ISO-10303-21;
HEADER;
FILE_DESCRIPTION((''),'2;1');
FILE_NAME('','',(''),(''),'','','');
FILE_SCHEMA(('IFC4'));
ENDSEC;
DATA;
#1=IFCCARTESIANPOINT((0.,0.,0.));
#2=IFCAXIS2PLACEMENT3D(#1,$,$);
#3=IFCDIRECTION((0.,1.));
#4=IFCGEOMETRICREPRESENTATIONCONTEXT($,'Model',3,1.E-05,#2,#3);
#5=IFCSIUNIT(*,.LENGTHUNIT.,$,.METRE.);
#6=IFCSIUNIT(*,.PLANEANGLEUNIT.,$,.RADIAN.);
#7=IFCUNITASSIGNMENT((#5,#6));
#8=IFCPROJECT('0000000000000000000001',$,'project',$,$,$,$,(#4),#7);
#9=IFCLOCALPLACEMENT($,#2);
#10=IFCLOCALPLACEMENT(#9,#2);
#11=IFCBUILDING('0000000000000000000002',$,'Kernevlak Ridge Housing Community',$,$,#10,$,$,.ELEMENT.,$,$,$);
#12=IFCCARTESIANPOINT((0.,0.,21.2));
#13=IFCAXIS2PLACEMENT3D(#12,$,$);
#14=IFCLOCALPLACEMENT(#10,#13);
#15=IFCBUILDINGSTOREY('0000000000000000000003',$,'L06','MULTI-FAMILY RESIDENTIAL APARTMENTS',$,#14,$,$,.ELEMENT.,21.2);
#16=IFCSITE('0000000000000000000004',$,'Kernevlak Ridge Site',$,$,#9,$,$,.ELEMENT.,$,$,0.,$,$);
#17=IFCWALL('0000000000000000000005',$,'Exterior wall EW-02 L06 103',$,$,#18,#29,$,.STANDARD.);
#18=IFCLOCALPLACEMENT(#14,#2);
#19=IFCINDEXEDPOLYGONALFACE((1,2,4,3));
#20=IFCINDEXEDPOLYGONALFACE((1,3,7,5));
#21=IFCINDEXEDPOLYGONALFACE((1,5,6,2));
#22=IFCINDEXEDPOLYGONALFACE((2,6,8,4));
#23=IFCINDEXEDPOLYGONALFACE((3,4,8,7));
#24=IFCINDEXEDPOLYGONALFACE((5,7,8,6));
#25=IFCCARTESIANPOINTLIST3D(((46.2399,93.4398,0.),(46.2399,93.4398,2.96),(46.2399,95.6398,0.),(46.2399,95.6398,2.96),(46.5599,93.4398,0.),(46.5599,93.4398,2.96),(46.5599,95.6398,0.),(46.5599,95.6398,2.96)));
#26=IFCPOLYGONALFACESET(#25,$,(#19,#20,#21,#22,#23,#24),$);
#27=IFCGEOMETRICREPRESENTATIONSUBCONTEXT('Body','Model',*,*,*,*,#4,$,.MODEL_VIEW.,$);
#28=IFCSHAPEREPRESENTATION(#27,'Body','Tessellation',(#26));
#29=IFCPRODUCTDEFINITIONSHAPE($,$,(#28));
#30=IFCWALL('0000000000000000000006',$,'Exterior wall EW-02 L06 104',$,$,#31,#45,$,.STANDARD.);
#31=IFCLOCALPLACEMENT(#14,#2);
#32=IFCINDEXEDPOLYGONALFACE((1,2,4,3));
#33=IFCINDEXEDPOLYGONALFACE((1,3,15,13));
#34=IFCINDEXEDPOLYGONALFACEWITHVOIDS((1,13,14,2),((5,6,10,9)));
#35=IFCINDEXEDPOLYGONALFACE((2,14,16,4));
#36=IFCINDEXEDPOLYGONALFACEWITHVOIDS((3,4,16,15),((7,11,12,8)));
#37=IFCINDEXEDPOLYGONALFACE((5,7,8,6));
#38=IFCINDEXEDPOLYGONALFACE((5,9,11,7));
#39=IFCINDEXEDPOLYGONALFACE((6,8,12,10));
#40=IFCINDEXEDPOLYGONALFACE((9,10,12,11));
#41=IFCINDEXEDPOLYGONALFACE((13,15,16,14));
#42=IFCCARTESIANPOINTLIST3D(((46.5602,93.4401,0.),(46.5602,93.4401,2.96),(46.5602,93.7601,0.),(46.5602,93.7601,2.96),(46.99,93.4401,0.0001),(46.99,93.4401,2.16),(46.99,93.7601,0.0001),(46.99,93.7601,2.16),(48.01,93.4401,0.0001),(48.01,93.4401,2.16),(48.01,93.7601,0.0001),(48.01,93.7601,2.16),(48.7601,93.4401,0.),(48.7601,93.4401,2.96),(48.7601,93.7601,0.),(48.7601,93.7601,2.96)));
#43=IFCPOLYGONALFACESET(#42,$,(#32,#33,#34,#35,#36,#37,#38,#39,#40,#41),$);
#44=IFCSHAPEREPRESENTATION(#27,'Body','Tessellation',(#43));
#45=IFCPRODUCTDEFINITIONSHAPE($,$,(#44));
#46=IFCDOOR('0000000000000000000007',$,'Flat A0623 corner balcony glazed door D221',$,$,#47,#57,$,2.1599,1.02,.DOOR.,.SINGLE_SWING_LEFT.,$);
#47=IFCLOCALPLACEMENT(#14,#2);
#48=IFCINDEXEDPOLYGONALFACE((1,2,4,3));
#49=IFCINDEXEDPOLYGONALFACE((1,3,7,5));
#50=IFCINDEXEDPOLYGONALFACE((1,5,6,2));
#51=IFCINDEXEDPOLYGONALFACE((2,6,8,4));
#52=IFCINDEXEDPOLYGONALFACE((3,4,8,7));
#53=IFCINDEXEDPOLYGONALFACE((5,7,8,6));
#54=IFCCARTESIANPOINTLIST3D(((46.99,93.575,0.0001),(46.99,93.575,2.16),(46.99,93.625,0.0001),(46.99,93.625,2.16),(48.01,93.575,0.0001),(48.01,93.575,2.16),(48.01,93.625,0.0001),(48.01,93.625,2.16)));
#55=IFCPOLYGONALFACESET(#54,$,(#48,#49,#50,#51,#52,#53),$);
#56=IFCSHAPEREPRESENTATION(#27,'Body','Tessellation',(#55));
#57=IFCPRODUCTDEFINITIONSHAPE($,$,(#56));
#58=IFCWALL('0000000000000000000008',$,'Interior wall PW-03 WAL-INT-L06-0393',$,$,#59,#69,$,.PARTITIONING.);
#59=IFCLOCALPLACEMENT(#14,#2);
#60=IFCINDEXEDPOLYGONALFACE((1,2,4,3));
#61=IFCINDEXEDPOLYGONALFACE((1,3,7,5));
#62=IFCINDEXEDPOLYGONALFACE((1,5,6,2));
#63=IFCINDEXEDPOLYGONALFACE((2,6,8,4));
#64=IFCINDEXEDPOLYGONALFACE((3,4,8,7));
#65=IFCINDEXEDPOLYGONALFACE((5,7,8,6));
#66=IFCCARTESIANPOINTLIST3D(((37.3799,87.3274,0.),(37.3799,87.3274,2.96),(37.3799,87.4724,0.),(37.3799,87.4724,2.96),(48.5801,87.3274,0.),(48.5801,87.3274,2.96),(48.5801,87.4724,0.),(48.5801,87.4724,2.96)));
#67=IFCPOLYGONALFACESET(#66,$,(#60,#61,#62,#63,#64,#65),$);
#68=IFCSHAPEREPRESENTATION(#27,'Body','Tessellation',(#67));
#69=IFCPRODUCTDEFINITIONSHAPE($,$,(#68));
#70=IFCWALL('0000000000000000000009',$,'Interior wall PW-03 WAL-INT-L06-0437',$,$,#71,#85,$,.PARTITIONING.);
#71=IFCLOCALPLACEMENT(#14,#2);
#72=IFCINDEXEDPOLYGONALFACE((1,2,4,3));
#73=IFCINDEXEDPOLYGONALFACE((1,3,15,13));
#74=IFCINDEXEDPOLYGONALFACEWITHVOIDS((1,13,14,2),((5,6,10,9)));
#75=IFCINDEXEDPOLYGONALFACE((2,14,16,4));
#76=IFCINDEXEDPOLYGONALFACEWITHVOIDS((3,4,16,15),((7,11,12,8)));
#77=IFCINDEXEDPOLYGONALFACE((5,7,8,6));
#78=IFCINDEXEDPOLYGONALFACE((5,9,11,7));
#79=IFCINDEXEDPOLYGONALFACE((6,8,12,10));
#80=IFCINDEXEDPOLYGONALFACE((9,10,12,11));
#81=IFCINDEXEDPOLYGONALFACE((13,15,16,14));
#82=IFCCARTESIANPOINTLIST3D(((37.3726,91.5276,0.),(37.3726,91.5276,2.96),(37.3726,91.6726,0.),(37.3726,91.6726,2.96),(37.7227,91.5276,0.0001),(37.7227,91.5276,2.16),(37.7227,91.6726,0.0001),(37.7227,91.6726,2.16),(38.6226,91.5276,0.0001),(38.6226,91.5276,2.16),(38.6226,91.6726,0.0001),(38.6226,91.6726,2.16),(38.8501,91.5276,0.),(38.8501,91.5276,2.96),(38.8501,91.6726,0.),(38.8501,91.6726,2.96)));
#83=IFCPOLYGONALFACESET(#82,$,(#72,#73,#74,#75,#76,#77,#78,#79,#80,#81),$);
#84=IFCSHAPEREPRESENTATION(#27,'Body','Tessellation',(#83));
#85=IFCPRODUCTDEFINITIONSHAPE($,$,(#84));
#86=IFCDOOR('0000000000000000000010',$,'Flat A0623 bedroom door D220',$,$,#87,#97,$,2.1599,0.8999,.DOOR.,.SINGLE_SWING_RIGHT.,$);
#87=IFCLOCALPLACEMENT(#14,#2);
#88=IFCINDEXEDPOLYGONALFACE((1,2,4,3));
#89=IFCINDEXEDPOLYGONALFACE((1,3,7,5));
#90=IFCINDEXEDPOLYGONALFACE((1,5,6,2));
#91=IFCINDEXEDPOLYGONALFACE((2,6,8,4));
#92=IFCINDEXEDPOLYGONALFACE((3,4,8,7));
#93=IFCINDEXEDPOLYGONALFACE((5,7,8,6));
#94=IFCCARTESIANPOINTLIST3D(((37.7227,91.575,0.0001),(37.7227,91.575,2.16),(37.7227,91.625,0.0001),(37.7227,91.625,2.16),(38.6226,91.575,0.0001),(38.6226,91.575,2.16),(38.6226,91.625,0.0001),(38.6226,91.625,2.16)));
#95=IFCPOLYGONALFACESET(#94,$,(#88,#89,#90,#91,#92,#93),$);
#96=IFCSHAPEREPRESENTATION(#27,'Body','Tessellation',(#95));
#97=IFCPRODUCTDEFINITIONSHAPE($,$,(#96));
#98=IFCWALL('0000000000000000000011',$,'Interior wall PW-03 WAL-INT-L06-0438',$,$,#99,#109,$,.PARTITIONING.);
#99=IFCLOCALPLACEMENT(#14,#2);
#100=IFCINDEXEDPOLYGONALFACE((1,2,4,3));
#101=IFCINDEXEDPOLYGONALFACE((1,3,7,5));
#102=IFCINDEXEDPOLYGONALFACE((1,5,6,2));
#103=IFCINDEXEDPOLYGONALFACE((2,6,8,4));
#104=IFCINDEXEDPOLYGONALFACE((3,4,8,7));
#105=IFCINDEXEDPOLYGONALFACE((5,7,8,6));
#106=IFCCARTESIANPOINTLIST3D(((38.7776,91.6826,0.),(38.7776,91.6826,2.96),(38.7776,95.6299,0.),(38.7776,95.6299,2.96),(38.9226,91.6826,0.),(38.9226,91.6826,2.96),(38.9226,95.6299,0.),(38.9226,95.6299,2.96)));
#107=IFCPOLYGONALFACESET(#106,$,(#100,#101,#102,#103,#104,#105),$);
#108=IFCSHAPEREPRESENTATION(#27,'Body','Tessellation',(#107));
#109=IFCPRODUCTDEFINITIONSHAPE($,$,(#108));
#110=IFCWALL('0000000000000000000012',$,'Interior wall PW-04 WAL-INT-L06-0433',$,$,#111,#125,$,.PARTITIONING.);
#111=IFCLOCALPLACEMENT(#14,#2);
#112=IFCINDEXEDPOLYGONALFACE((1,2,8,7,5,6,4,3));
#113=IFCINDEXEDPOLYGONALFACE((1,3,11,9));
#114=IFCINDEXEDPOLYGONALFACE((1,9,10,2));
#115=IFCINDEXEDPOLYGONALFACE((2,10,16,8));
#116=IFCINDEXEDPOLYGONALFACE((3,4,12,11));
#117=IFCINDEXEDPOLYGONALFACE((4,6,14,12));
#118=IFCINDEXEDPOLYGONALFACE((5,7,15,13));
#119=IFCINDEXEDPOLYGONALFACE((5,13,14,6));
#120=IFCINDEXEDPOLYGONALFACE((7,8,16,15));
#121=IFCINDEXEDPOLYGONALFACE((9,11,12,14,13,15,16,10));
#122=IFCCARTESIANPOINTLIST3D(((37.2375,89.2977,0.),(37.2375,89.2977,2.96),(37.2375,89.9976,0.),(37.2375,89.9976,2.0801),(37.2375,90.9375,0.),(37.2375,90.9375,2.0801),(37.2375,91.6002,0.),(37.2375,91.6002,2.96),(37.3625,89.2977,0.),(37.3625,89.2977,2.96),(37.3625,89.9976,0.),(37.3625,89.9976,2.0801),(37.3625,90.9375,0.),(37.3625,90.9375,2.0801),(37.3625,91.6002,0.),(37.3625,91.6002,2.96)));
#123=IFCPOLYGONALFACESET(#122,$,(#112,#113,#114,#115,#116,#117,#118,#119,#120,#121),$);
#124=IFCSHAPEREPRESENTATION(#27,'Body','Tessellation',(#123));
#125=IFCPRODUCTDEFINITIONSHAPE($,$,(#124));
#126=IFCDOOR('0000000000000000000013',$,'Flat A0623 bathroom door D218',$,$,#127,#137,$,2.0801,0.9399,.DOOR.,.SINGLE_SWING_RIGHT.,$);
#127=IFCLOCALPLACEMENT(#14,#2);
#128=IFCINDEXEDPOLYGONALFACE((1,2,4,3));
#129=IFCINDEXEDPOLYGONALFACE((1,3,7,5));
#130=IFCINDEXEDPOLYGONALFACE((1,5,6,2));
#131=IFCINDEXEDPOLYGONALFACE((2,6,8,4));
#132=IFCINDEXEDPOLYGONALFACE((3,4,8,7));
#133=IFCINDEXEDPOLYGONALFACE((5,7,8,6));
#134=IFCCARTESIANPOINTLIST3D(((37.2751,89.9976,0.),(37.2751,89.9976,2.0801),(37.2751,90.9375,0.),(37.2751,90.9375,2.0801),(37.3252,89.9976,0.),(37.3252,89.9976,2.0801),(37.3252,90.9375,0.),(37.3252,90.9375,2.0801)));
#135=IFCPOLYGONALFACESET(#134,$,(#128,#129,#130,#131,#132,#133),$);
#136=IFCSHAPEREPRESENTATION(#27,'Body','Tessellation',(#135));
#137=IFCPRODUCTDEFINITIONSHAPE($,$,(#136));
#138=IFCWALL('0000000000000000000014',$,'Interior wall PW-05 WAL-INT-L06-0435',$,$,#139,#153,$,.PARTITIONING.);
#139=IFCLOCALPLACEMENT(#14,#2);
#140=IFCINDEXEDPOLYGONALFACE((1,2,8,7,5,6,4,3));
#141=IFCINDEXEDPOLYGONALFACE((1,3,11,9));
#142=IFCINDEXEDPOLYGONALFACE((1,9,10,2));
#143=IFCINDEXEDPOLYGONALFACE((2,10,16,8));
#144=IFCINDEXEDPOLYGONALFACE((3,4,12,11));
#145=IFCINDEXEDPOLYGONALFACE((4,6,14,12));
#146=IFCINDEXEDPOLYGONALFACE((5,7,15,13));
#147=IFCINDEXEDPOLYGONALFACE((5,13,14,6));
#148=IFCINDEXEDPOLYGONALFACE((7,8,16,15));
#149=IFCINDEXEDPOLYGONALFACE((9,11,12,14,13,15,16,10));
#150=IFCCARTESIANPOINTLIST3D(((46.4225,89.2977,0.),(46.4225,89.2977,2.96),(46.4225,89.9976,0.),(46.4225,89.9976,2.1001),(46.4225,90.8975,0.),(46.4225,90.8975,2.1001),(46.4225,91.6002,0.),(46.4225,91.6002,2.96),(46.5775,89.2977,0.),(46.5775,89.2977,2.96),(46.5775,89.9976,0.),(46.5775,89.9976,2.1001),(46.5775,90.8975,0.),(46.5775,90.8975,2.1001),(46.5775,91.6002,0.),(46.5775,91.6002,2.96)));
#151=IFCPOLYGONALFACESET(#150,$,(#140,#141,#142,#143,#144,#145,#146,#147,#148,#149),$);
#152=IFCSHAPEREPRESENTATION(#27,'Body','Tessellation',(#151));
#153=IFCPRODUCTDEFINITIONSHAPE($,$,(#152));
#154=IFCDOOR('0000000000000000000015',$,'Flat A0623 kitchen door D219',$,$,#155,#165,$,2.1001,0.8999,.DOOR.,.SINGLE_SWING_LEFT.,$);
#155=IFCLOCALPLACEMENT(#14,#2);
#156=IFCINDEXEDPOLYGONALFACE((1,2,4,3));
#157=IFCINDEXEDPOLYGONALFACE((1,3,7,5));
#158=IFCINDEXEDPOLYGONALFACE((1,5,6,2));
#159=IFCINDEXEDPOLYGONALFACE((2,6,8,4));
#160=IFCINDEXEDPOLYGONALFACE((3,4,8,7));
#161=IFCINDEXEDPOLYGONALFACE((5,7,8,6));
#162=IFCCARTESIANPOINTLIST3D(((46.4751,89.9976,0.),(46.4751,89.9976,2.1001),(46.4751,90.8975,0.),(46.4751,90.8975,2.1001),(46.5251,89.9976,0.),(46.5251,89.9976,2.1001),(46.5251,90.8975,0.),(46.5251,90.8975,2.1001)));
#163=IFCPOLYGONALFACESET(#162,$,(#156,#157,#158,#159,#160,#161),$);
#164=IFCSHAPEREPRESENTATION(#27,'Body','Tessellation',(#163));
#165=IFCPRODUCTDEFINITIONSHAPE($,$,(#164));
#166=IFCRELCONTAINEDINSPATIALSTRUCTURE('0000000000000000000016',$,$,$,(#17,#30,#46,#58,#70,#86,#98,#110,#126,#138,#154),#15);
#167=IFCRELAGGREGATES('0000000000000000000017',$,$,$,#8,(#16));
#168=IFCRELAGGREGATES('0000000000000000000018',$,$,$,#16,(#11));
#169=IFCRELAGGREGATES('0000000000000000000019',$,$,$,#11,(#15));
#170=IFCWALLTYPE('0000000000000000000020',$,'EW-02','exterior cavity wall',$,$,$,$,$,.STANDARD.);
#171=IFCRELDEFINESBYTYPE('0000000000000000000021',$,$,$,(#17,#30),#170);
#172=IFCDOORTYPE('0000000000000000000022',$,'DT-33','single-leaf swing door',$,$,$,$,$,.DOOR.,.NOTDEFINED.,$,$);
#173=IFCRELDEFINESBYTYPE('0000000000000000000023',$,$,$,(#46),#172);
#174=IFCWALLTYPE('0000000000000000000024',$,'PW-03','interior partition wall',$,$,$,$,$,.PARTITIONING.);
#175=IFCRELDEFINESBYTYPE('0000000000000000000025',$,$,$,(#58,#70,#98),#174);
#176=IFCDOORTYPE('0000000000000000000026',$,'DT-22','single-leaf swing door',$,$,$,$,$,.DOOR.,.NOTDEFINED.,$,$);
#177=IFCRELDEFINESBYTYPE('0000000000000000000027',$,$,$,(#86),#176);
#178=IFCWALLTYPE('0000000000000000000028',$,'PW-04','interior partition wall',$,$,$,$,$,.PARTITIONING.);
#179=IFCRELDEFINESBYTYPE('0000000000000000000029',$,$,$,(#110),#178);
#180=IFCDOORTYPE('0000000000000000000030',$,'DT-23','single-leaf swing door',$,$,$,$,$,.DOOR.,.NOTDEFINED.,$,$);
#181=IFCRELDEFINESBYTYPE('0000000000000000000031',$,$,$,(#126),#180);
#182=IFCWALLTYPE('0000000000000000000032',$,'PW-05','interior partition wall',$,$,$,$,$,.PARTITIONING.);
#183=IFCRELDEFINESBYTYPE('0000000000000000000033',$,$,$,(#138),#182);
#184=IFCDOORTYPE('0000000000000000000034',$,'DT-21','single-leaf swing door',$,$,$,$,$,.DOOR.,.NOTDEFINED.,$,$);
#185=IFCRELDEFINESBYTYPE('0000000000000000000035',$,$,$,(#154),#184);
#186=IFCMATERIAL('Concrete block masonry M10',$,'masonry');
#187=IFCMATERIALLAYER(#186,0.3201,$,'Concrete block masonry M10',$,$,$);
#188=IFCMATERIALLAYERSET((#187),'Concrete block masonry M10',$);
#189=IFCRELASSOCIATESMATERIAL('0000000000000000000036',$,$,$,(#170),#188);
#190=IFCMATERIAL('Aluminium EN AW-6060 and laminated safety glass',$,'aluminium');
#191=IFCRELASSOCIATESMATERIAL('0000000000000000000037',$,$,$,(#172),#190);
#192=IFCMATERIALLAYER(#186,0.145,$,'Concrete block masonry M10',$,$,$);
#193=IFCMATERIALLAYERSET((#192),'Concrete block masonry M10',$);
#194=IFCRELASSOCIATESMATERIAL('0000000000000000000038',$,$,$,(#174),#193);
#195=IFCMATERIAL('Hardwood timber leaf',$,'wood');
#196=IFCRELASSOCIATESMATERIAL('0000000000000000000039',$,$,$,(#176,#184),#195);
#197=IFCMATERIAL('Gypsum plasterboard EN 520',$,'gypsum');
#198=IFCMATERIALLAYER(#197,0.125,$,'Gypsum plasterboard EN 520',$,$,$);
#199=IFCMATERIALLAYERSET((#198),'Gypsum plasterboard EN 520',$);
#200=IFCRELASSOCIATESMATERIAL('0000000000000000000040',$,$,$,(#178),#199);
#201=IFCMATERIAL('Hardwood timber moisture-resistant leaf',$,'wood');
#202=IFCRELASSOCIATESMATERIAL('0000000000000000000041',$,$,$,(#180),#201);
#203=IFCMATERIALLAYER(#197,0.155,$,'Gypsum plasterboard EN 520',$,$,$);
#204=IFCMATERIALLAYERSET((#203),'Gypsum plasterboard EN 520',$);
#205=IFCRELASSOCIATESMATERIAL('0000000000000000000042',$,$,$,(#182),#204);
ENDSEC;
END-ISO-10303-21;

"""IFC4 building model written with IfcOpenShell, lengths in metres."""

from ifc_helpers import new_model, si_unit, direction, frame, frame_2d, origin, place, context, subcontext, project, spatial, rectangle, extrude, material, layer, layer_set, type_object, element, fill, save


model = new_model("IFC4")

# Units and contexts
model_context = context("Model", 3, precision=1e-05, world=origin(), true_north=direction((0.0, 1.0)))
body_context = subcontext(model_context, "Body", "Model", "MODEL_VIEW")
ifc_project = project(units=[si_unit("LENGTHUNIT", "METRE"), si_unit("PLANEANGLEUNIT", "RADIAN")], contexts=[model_context])

# Site, building, storey
site_placement = place(None, origin())
site = spatial("IfcSite", under=ifc_project, at=site_placement, Name="Kernevlak Ridge Site", CompositionType="ELEMENT", RefElevation=0.0)
building_placement = place(site_placement, origin())
building = spatial("IfcBuilding", under=site, at=building_placement, Name="Kernevlak Ridge Housing Community", CompositionType="ELEMENT")
storey_placement = place(building_placement, frame((0.0, 0.0, 21.2)))
storey = spatial("IfcBuildingStorey", under=building, at=storey_placement, Name="L06", Description="MULTI-FAMILY RESIDENTIAL APARTMENTS", CompositionType="ELEMENT", Elevation=21.2)

# Shared definitions
ifc_material_1 = material(Name="Concrete block masonry M10", Category="masonry")
ifc_layer_1 = layer(ifc_material_1, 0.3201, Name="Concrete block masonry M10")
ifc_layer_set_1 = layer_set([ifc_layer_1], Name="Concrete block masonry M10")
wall_type_1 = type_object("IfcWallType", Name="EW-02", Description="exterior cavity wall", PredefinedType="STANDARD", material=ifc_layer_set_1)

# Wall
wall_1_placement = place(storey_placement, frame((46.3999, 95.6399, 0.0), z_axis=(0.0, 0.0, 1.0), x_axis=(0.0, -1.0, 0.0)))
element("IfcWall", 1, at=wall_1_placement, inside=storey, type_object=wall_type_1, Name="Exterior wall EW-02 L06 103", PredefinedType="STANDARD", context=body_context, shape_type="SweptSolid", body=[
    extrude(rectangle(XDim=2.2, YDim=0.3201, at=frame_2d((1.1001, 0.0))), origin(), (0.0, 0.0, 1.0), 2.96),
])

# Wall, opening, door
wall_2_placement = place(storey_placement, frame((46.5601, 93.6001, 0.0), z_axis=(0.0, 0.0, 1.0), x_axis=(1.0, 0.0, 0.0)))
wall_2 = element("IfcWall", 2, at=wall_2_placement, inside=storey, type_object=wall_type_1, Name="Exterior wall EW-02 L06 104", PredefinedType="STANDARD", context=body_context, shape_type="SweptSolid", body=[
    extrude(rectangle(XDim=2.2, YDim=0.3201, at=frame_2d((1.1001, 0.0))), origin(), (0.0, 0.0, 1.0), 2.96),
])
opening_1_placement = place(wall_2_placement, frame((0.4299, 0.0, 0.0)))
opening_1 = element("IfcOpeningElement", 3, at=opening_1_placement, cuts=wall_2, PredefinedType="OPENING", context=body_context, shape_type="SweptSolid", body=[
    extrude(rectangle(XDim=1.02, YDim=2.1599, at=frame_2d((0.51, 1.0801))), frame((0.0, 0.1699, 0.0), z_axis=(0.0, -1.0, 0.0), x_axis=(1.0, 0.0, 0.0)), (0.0, 0.0, 1.0), 0.3401),
])
ifc_material_2 = material(Name="Aluminium EN AW-6060 and laminated safety glass", Category="aluminium")
door_type_1 = type_object("IfcDoorType", Name="DT-33", Description="single-leaf swing door", OperationType="NOTDEFINED", PredefinedType="DOOR", material=ifc_material_2)
door_1_placement = place(opening_1_placement, origin())
door_1 = element("IfcDoor", 4, at=door_1_placement, inside=storey, type_object=door_type_1, Name="Flat A0623 corner balcony glazed door D221", OperationType="SINGLE_SWING_LEFT", OverallHeight=2.1599, OverallWidth=1.02, PredefinedType="DOOR", context=body_context, shape_type="SweptSolid", body=[
    extrude(rectangle(XDim=1.02, YDim=2.1599, at=frame_2d((0.51, 1.0801))), frame((0.0, 0.0249, 0.0), z_axis=(0.0, -1.0, 0.0), x_axis=(1.0, 0.0, 0.0)), (0.0, 0.0, 1.0), 0.05),
])
fill(opening_1, door_1)

# Wall
ifc_layer_2 = layer(ifc_material_1, 0.145, Name="Concrete block masonry M10")
ifc_layer_set_2 = layer_set([ifc_layer_2], Name="Concrete block masonry M10")
wall_type_2 = type_object("IfcWallType", Name="PW-03", Description="interior partition wall", PredefinedType="PARTITIONING", material=ifc_layer_set_2)
wall_3_placement = place(storey_placement, frame((37.3799, 87.3999, 0.0), z_axis=(0.0, 0.0, 1.0), x_axis=(1.0, 0.0, 0.0)))
element("IfcWall", 5, at=wall_3_placement, inside=storey, type_object=wall_type_2, Name="Interior wall PW-03 WAL-INT-L06-0393", PredefinedType="PARTITIONING", context=body_context, shape_type="SweptSolid", body=[
    extrude(rectangle(XDim=11.2002, YDim=0.145, at=frame_2d((5.6001, 0.0))), origin(), (0.0, 0.0, 1.0), 2.96),
])

# Wall, opening, door
wall_4_placement = place(storey_placement, frame((37.3726, 91.6001, 0.0), z_axis=(0.0, 0.0, 1.0), x_axis=(1.0, 0.0, 0.0)))
wall_4 = element("IfcWall", 6, at=wall_4_placement, inside=storey, type_object=wall_type_2, Name="Interior wall PW-03 WAL-INT-L06-0437", PredefinedType="PARTITIONING", context=body_context, shape_type="SweptSolid", body=[
    extrude(rectangle(XDim=1.4775, YDim=0.145, at=frame_2d((0.7388, 0.0))), origin(), (0.0, 0.0, 1.0), 2.96),
])
opening_2_placement = place(wall_4_placement, frame((0.3501, 0.0, 0.0)))
opening_2 = element("IfcOpeningElement", 7, at=opening_2_placement, cuts=wall_4, PredefinedType="OPENING", context=body_context, shape_type="SweptSolid", body=[
    extrude(rectangle(XDim=0.8999, YDim=2.1599, at=frame_2d((0.45, 1.0801))), frame((0.0, 0.0825, 0.0), z_axis=(0.0, -1.0, 0.0), x_axis=(1.0, 0.0, 0.0)), (0.0, 0.0, 1.0), 0.165),
])
ifc_material_3 = material(Name="Hardwood timber leaf", Category="wood")
door_type_2 = type_object("IfcDoorType", Name="DT-22", Description="single-leaf swing door", OperationType="NOTDEFINED", PredefinedType="DOOR", material=ifc_material_3)
door_2_placement = place(opening_2_placement, origin())
door_2 = element("IfcDoor", 8, at=door_2_placement, inside=storey, type_object=door_type_2, Name="Flat A0623 bedroom door D220", OperationType="SINGLE_SWING_RIGHT", OverallHeight=2.1599, OverallWidth=0.8999, PredefinedType="DOOR", context=body_context, shape_type="SweptSolid", body=[
    extrude(rectangle(XDim=0.8999, YDim=2.1599, at=frame_2d((0.45, 1.0801))), frame((0.0, 0.0249, 0.0), z_axis=(0.0, -1.0, 0.0), x_axis=(1.0, 0.0, 0.0)), (0.0, 0.0, 1.0), 0.05),
])
fill(opening_2, door_2)

# Wall
wall_5_placement = place(storey_placement, frame((38.8501, 91.6826, 0.0), z_axis=(0.0, 0.0, 1.0), x_axis=(0.0, 1.0, 0.0)))
element("IfcWall", 9, at=wall_5_placement, inside=storey, type_object=wall_type_2, Name="Interior wall PW-03 WAL-INT-L06-0438", PredefinedType="PARTITIONING", context=body_context, shape_type="SweptSolid", body=[
    extrude(rectangle(XDim=3.9473, YDim=0.145, at=frame_2d((1.9736, 0.0))), origin(), (0.0, 0.0, 1.0), 2.96),
])

# Walls, openings, doors
ifc_material_4 = material(Name="Gypsum plasterboard EN 520", Category="gypsum")
ifc_layer_3 = layer(ifc_material_4, 0.125, Name="Gypsum plasterboard EN 520")
ifc_layer_set_3 = layer_set([ifc_layer_3], Name="Gypsum plasterboard EN 520")
wall_type_3 = type_object("IfcWallType", Name="PW-04", Description="interior partition wall", PredefinedType="PARTITIONING", material=ifc_layer_set_3)
wall_6_placement = place(storey_placement, frame((37.3, 89.2976, 0.0), z_axis=(0.0, 0.0, 1.0), x_axis=(0.0, 1.0, 0.0)))
wall_6 = element("IfcWall", 10, at=wall_6_placement, inside=storey, type_object=wall_type_3, Name="Interior wall PW-04 WAL-INT-L06-0433", PredefinedType="PARTITIONING", context=body_context, shape_type="SweptSolid", body=[
    extrude(rectangle(XDim=2.3025, YDim=0.125, at=frame_2d((1.1514, 0.0))), origin(), (0.0, 0.0, 1.0), 2.96),
])
opening_3_placement = place(wall_6_placement, frame((0.7, 0.0, 0.0)))
opening_3 = element("IfcOpeningElement", 11, at=opening_3_placement, cuts=wall_6, PredefinedType="OPENING", context=body_context, shape_type="SweptSolid", body=[
    extrude(rectangle(XDim=0.9399, YDim=2.0801, at=frame_2d((0.47, 1.04))), frame((0.0, 0.0725, 0.0), z_axis=(0.0, -1.0, 0.0), x_axis=(1.0, 0.0, 0.0)), (0.0, 0.0, 1.0), 0.145),
])
ifc_material_5 = material(Name="Hardwood timber moisture-resistant leaf", Category="wood")
door_type_3 = type_object("IfcDoorType", Name="DT-23", Description="single-leaf swing door", OperationType="NOTDEFINED", PredefinedType="DOOR", material=ifc_material_5)
door_3_placement = place(opening_3_placement, origin())
door_3 = element("IfcDoor", 12, at=door_3_placement, inside=storey, type_object=door_type_3, Name="Flat A0623 bathroom door D218", OperationType="SINGLE_SWING_RIGHT", OverallHeight=2.0801, OverallWidth=0.9399, PredefinedType="DOOR", context=body_context, shape_type="SweptSolid", body=[
    extrude(rectangle(XDim=0.9399, YDim=2.0801, at=frame_2d((0.47, 1.04))), frame((0.0, 0.0249, 0.0), z_axis=(0.0, -1.0, 0.0), x_axis=(1.0, 0.0, 0.0)), (0.0, 0.0, 1.0), 0.05),
])
fill(opening_3, door_3)
ifc_layer_4 = layer(ifc_material_4, 0.155, Name="Gypsum plasterboard EN 520")
ifc_layer_set_4 = layer_set([ifc_layer_4], Name="Gypsum plasterboard EN 520")
wall_type_4 = type_object("IfcWallType", Name="PW-05", Description="interior partition wall", PredefinedType="PARTITIONING", material=ifc_layer_set_4)
wall_7_placement = place(storey_placement, frame((46.5, 89.2976, 0.0), z_axis=(0.0, 0.0, 1.0), x_axis=(0.0, 1.0, 0.0)))
wall_7 = element("IfcWall", 13, at=wall_7_placement, inside=storey, type_object=wall_type_4, Name="Interior wall PW-05 WAL-INT-L06-0435", PredefinedType="PARTITIONING", context=body_context, shape_type="SweptSolid", body=[
    extrude(rectangle(XDim=2.3025, YDim=0.155, at=frame_2d((1.1514, 0.0))), origin(), (0.0, 0.0, 1.0), 2.96),
])
opening_4_placement = place(wall_7_placement, frame((0.7, 0.0, 0.0)))
opening_4 = element("IfcOpeningElement", 14, at=opening_4_placement, cuts=wall_7, PredefinedType="OPENING", context=body_context, shape_type="SweptSolid", body=[
    extrude(rectangle(XDim=0.8999, YDim=2.1001, at=frame_2d((0.45, 1.05))), frame((0.0, 0.0874, 0.0), z_axis=(0.0, -1.0, 0.0), x_axis=(1.0, 0.0, 0.0)), (0.0, 0.0, 1.0), 0.175),
])
door_type_4 = type_object("IfcDoorType", Name="DT-21", Description="single-leaf swing door", OperationType="NOTDEFINED", PredefinedType="DOOR", material=ifc_material_3)
door_4_placement = place(opening_4_placement, origin())
door_4 = element("IfcDoor", 15, at=door_4_placement, inside=storey, type_object=door_type_4, Name="Flat A0623 kitchen door D219", OperationType="SINGLE_SWING_LEFT", OverallHeight=2.1001, OverallWidth=0.8999, PredefinedType="DOOR", context=body_context, shape_type="SweptSolid", body=[
    extrude(rectangle(XDim=0.8999, YDim=2.1001, at=frame_2d((0.45, 1.05))), frame((0.0, 0.0249, 0.0), z_axis=(0.0, -1.0, 0.0), x_axis=(1.0, 0.0, 0.0)), (0.0, 0.0, 1.0), 0.05),
])
fill(opening_4, door_4)

save(model, "model.ifc")
